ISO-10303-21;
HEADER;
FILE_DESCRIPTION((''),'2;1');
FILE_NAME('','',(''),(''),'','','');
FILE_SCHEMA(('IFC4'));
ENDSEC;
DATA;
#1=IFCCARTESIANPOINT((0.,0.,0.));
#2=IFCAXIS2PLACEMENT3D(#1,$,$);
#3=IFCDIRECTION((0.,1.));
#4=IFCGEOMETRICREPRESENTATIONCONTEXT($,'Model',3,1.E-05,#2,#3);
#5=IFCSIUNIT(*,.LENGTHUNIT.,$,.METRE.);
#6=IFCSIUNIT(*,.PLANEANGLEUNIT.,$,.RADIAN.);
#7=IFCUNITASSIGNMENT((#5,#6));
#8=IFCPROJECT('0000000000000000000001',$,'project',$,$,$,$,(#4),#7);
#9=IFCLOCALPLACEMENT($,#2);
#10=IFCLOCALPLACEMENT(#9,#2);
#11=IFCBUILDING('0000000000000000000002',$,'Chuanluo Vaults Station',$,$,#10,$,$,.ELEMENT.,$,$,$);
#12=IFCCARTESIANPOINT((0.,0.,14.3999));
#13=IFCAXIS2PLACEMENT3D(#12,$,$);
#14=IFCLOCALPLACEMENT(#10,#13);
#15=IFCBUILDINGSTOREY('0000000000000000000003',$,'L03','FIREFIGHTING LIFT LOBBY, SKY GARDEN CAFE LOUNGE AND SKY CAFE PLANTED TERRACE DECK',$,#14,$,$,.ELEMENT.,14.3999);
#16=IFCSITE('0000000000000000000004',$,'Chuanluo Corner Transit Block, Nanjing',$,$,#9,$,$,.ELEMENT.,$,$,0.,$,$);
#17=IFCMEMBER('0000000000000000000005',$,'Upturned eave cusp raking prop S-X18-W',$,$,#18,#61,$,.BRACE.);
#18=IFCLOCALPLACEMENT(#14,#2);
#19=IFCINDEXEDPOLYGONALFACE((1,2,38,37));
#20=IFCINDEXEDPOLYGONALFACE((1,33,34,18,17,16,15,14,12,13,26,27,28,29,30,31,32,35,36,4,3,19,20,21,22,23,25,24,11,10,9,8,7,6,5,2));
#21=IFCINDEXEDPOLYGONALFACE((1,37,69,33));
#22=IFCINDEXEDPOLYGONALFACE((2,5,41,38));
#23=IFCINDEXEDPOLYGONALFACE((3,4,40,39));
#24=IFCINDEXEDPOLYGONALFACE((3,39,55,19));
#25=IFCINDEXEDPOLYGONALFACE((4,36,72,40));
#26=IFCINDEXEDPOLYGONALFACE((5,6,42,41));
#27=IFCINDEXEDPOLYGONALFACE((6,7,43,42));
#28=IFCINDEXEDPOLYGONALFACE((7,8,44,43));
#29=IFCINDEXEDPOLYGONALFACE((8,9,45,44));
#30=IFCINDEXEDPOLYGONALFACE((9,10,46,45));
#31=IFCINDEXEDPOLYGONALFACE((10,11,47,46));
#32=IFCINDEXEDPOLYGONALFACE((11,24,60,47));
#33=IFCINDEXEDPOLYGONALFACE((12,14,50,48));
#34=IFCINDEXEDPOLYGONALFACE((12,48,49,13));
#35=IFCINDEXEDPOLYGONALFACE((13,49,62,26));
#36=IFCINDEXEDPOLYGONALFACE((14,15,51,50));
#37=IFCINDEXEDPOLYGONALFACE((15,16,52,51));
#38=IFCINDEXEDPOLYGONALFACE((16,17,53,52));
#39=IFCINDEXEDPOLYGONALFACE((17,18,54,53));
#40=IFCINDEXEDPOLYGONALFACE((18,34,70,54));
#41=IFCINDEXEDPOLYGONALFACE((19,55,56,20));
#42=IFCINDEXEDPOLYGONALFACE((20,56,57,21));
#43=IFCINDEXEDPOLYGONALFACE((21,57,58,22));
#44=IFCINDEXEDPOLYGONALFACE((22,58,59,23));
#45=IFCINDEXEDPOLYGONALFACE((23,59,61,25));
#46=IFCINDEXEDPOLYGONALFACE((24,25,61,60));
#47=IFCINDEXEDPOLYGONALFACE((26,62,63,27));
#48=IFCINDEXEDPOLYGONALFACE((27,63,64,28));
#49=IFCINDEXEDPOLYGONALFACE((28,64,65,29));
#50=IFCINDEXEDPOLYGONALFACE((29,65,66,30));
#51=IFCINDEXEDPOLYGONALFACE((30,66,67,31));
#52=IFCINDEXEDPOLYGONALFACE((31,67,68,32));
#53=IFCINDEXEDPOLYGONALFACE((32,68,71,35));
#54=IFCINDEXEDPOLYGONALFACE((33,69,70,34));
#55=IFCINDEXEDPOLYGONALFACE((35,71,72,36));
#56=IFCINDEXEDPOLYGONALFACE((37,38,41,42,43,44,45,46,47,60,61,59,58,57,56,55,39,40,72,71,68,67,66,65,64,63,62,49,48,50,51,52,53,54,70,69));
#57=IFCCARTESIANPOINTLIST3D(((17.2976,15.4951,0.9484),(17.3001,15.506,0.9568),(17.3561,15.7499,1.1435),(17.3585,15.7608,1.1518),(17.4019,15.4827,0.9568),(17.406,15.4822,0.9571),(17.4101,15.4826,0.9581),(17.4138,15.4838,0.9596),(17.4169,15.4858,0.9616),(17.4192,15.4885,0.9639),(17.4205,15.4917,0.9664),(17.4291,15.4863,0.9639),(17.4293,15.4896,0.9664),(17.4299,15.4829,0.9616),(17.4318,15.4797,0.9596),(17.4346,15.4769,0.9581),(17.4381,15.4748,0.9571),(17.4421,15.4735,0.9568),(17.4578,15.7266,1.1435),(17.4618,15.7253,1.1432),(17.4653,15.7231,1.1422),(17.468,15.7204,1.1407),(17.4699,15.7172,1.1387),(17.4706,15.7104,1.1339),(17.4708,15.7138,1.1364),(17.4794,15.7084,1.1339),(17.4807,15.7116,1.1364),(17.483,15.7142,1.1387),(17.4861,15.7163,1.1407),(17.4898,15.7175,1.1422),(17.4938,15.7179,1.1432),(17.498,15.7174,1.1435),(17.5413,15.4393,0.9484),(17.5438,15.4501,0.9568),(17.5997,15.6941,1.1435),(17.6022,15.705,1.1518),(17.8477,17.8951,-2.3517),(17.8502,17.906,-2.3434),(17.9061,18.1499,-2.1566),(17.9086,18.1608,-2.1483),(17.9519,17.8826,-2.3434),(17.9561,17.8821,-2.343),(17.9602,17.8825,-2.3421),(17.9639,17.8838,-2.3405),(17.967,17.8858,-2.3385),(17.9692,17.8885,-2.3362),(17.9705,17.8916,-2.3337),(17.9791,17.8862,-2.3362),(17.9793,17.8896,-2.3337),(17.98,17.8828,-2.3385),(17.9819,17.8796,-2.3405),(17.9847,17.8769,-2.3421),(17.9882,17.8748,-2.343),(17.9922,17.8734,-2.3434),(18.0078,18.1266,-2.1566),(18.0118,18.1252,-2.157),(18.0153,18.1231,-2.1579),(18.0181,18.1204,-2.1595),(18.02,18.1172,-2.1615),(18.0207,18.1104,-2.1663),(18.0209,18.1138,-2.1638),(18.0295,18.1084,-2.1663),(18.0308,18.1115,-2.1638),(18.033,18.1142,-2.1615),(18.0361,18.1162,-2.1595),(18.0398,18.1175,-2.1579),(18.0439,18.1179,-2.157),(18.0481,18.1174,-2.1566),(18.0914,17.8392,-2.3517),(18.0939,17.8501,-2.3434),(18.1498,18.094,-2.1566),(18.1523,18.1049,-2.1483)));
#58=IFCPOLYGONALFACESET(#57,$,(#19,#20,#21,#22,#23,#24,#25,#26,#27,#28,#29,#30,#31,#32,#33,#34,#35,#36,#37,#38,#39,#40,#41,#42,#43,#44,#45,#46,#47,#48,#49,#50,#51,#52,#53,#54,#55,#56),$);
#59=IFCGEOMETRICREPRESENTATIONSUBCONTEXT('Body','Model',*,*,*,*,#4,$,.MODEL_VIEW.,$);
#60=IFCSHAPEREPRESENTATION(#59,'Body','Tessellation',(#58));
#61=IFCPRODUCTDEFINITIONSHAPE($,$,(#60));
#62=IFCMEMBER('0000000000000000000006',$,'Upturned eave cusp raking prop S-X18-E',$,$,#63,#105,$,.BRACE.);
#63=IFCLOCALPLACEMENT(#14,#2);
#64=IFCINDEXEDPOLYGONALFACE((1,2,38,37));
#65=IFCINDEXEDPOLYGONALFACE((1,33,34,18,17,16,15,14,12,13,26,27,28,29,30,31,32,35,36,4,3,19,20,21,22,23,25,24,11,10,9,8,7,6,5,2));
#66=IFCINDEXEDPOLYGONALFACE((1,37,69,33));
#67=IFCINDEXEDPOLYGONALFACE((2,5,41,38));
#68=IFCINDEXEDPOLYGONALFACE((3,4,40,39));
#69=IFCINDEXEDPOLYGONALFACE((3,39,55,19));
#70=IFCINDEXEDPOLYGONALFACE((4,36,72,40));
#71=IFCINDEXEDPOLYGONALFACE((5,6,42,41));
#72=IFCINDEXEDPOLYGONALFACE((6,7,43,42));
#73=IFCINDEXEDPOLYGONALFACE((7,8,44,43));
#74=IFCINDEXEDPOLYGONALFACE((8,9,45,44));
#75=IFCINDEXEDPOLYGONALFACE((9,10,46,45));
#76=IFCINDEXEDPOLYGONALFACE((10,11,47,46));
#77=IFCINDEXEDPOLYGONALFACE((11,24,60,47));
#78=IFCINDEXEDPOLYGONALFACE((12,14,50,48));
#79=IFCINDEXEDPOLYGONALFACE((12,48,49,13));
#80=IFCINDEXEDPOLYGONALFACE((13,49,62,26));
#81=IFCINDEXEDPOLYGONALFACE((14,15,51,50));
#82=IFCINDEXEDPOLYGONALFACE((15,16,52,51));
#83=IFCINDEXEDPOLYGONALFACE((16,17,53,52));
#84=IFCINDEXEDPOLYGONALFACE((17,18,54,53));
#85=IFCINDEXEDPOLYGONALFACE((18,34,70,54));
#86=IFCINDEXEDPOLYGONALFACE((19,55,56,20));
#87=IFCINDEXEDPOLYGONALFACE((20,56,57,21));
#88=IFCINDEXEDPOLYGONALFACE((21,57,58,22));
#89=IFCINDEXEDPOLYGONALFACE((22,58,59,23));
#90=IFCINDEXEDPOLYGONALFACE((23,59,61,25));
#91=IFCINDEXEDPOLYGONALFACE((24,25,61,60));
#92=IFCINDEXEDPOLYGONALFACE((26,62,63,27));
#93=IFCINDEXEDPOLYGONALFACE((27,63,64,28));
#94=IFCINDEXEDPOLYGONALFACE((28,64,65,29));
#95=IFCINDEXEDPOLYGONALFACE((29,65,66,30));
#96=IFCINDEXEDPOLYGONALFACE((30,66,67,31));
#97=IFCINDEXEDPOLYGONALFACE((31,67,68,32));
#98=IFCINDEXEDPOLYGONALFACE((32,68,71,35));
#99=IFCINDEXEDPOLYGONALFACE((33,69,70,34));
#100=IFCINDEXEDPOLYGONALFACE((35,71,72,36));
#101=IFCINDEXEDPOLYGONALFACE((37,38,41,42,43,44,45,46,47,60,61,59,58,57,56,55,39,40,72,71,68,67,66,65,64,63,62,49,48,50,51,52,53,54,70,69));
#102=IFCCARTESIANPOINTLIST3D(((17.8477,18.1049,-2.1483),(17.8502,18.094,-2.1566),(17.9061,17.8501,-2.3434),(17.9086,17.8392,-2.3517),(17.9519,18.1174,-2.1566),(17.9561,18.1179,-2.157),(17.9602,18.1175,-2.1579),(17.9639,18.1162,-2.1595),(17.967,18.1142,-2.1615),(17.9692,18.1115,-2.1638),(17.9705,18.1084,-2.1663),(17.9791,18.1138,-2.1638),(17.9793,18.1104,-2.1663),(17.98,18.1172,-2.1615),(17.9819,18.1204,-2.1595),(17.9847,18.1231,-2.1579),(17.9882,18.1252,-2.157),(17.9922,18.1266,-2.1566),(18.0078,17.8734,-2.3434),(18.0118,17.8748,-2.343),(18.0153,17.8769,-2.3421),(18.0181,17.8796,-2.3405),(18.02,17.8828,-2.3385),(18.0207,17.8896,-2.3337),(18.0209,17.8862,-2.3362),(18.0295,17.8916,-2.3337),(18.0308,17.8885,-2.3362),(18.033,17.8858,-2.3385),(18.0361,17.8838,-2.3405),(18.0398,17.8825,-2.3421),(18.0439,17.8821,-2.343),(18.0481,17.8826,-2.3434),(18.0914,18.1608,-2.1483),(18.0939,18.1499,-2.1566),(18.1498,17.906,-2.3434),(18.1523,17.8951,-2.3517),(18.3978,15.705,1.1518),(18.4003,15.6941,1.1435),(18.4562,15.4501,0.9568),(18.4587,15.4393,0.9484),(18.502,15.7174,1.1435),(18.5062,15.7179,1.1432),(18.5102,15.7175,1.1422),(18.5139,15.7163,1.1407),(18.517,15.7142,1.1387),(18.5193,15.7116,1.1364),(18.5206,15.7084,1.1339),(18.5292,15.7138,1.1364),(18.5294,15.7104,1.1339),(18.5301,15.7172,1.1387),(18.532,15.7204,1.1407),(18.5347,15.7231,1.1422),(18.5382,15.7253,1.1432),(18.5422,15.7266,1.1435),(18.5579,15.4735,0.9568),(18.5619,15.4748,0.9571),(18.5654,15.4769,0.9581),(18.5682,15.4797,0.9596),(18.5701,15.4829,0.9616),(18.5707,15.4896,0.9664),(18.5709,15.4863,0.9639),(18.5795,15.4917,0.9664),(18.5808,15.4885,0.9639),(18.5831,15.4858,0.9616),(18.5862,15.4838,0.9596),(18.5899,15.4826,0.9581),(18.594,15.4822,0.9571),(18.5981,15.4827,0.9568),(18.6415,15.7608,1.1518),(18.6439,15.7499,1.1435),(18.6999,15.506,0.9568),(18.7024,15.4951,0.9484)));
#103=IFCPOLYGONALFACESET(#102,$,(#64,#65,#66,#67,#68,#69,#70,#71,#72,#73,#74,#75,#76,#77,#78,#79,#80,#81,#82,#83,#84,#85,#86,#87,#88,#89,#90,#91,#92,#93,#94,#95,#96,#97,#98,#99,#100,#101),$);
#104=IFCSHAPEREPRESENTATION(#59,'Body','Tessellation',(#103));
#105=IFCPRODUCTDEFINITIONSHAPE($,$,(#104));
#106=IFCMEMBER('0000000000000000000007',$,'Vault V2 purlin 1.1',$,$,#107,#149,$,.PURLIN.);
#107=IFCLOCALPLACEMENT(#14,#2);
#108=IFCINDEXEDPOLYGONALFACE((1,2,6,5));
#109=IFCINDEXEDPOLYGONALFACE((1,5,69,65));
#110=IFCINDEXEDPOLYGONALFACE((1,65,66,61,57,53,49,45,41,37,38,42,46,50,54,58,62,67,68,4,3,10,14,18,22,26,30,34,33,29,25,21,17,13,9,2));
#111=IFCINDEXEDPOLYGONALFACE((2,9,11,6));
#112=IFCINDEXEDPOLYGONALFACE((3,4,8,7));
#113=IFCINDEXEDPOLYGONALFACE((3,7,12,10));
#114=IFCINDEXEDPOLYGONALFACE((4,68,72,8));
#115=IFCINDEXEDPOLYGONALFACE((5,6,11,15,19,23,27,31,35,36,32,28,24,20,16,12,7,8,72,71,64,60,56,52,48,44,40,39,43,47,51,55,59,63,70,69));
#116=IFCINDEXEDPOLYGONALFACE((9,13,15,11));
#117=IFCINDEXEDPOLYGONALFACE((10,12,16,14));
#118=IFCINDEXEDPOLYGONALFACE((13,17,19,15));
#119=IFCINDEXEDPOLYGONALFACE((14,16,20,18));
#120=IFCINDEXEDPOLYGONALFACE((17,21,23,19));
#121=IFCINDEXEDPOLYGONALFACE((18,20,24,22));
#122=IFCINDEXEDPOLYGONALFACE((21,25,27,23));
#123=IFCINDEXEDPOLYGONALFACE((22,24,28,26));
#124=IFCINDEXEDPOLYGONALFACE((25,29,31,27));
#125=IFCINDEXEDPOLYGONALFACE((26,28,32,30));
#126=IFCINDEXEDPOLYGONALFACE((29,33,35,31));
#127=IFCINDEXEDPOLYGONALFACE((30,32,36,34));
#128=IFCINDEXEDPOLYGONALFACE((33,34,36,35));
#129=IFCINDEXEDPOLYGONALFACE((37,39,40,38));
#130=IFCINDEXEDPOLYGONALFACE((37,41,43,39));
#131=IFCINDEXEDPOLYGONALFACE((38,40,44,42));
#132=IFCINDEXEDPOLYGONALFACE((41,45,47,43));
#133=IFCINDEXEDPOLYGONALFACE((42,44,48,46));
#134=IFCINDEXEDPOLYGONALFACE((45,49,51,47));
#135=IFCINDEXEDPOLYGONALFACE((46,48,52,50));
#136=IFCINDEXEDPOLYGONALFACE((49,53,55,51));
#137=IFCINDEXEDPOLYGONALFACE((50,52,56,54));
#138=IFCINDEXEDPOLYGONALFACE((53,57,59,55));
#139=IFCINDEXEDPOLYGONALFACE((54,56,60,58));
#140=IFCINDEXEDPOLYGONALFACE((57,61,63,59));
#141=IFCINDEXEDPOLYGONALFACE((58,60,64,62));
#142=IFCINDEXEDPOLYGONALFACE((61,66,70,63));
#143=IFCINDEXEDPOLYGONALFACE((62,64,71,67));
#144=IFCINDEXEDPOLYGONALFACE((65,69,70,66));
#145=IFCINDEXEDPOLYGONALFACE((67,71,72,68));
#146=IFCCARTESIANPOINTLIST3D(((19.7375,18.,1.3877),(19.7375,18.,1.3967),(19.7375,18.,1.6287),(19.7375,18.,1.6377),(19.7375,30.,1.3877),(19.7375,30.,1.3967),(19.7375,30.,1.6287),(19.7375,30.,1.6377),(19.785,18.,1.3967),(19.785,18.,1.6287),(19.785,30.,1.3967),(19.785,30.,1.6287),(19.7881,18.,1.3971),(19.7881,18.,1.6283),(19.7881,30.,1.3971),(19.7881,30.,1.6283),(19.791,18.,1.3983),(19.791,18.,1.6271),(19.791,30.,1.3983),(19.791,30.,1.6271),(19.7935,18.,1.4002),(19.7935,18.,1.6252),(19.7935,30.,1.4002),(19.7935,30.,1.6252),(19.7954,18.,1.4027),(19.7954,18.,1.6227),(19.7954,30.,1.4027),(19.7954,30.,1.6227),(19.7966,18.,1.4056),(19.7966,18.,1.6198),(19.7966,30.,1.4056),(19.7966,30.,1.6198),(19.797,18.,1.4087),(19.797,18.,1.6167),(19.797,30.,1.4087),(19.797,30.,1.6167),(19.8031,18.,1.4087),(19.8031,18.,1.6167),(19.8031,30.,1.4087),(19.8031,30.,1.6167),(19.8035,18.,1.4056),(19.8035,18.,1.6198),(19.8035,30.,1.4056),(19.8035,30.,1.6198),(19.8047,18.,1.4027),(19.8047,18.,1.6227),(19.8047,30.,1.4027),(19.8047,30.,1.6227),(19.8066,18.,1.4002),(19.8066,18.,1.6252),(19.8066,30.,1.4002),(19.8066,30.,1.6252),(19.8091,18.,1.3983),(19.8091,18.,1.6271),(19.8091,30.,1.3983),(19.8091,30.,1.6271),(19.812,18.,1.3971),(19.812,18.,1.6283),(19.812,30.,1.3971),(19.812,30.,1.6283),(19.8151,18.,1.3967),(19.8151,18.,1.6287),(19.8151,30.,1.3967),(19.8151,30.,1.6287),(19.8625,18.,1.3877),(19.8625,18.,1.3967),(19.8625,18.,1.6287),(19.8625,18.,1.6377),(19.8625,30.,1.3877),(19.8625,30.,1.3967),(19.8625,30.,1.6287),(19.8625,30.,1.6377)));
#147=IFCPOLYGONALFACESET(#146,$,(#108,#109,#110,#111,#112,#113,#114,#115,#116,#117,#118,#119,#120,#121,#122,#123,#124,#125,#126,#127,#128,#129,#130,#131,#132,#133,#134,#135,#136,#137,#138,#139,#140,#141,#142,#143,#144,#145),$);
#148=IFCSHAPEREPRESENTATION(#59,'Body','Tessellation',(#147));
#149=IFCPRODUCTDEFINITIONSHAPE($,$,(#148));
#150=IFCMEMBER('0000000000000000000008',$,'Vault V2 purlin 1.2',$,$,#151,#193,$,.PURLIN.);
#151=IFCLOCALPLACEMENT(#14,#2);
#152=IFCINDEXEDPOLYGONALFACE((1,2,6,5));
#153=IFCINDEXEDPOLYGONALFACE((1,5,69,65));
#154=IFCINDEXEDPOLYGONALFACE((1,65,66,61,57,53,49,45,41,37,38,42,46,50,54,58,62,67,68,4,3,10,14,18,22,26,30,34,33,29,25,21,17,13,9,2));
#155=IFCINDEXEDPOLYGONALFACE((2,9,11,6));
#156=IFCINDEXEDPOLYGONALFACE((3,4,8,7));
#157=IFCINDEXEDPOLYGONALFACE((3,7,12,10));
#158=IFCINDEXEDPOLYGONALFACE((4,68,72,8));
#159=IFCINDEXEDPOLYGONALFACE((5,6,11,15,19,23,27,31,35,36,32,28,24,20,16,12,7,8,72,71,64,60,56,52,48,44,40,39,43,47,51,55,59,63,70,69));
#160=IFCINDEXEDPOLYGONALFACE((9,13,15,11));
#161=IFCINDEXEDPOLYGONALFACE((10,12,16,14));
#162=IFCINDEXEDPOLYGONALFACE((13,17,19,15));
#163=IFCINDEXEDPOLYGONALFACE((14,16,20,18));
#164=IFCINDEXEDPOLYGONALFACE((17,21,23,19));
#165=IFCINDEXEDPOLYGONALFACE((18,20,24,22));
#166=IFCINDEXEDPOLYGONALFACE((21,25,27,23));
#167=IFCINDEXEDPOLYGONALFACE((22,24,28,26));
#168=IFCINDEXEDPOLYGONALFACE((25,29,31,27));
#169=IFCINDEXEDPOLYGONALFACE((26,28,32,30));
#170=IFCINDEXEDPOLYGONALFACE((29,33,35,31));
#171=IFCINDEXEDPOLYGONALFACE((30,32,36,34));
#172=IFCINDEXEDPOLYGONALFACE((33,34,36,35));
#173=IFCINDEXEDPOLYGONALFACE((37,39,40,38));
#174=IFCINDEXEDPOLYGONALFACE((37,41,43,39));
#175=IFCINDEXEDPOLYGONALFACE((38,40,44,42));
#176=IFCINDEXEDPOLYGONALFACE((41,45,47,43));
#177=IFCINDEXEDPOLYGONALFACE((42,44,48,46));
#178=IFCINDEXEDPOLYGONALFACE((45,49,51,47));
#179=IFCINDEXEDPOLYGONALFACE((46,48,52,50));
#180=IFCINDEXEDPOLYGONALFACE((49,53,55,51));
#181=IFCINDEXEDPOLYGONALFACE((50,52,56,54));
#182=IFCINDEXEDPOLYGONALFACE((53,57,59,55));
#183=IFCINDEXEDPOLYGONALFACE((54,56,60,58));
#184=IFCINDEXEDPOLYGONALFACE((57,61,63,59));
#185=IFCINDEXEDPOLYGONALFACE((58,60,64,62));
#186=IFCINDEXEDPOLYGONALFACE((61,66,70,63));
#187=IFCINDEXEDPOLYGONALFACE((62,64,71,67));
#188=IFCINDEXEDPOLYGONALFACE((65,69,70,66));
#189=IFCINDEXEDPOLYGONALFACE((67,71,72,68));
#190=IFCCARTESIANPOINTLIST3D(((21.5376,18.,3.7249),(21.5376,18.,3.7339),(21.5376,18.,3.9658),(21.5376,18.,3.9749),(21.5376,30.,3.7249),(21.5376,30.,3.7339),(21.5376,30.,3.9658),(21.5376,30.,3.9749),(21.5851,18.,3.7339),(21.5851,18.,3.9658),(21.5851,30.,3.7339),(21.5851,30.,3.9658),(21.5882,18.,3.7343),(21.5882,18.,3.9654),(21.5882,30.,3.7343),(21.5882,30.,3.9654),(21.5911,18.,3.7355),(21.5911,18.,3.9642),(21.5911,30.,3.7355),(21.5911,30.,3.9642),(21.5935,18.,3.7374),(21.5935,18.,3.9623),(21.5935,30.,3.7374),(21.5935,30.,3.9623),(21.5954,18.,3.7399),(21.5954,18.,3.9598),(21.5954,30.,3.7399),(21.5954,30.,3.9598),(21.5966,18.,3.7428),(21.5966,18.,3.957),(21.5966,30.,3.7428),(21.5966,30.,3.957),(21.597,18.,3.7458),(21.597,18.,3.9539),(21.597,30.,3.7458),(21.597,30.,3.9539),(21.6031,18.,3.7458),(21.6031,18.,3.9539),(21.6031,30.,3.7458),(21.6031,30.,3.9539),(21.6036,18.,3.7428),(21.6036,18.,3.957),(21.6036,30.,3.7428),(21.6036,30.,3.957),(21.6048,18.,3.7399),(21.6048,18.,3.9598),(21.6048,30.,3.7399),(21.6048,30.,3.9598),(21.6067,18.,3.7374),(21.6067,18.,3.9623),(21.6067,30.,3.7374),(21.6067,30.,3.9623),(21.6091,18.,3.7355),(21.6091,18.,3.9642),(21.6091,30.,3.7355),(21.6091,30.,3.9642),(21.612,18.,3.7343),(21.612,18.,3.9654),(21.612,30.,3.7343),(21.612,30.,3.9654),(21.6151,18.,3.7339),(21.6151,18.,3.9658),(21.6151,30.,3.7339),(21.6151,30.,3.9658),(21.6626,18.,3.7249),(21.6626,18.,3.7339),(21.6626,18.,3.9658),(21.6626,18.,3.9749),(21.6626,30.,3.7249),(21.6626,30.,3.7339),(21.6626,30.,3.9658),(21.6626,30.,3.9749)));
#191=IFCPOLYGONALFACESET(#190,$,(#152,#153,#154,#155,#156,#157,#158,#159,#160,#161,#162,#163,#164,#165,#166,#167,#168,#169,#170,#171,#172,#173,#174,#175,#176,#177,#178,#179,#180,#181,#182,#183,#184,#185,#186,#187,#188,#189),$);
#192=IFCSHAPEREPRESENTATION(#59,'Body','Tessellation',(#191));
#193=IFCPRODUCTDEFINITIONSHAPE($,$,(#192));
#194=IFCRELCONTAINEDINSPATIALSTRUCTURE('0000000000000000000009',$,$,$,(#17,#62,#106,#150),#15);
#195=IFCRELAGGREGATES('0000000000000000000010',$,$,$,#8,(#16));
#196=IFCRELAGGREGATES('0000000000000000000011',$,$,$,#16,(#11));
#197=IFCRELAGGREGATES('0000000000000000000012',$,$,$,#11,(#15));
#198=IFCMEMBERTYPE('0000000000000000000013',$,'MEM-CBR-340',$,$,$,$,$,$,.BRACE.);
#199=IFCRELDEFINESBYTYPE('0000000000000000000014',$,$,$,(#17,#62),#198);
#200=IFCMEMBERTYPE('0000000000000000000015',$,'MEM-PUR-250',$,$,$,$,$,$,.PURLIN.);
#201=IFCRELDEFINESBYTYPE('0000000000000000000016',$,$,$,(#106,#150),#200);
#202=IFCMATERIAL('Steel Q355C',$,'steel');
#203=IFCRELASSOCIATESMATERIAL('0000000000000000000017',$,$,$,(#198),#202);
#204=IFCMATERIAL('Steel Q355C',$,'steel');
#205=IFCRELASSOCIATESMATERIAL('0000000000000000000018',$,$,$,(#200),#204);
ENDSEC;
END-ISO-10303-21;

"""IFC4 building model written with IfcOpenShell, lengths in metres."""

from ifc_helpers import new_model, si_unit, direction, frame, origin, origin_2d, place, context, subcontext, project, spatial, i_section, extrude, material, material_profile, profile_set, type_object, element, save


model = new_model("IFC4")

# Units and contexts
model_context = context("Model", 3, precision=1e-05, world=origin(), true_north=direction((0.0, 1.0)))
body_context = subcontext(model_context, "Body", "Model", "MODEL_VIEW")
ifc_project = project(units=[si_unit("LENGTHUNIT", "METRE"), si_unit("PLANEANGLEUNIT", "RADIAN")], contexts=[model_context])

# Site, building, storey
site_placement = place(None, origin())
site = spatial("IfcSite", under=ifc_project, at=site_placement, Name="Chuanluo Corner Transit Block, Nanjing", CompositionType="ELEMENT", RefElevation=0.0)
building_placement = place(site_placement, origin())
building = spatial("IfcBuilding", under=site, at=building_placement, Name="Chuanluo Vaults Station", CompositionType="ELEMENT")
storey_placement = place(building_placement, frame((0.0, 0.0, 14.3999)))
storey = spatial("IfcBuildingStorey", under=building, at=storey_placement, Name="L03", Description="FIREFIGHTING LIFT LOBBY, SKY GARDEN CAFE LOUNGE AND SKY CAFE PLANTED TERRACE DECK", CompositionType="ELEMENT", Elevation=14.3999)

# Members
ifc_material_1 = material(Name="Steel Q355C", Category="steel")
ifc_material_profile_1 = material_profile(ifc_material_1, i_section(OverallWidth=0.25, OverallDepth=0.3401, WebThickness=0.009, FlangeThickness=0.0139, FilletRadius=0.0161, at=origin_2d()))
ifc_profile_set_1 = profile_set([ifc_material_profile_1], Name="Steel Q355C")
member_type_1 = type_object("IfcMemberType", Name="MEM-CBR-340", PredefinedType="BRACE", material=ifc_profile_set_1)
for number, where, z_axis, x_axis, name in (
    (1, (18.0, 18.0, -2.25), (-0.133594, -0.582878, 0.801502), (0.974726, -0.223404, 0.0), "Upturned eave cusp raking prop S-X18-W"),
    (2, (18.0, 18.0, -2.25), (0.133594, -0.582878, 0.801502), (0.974726, 0.223404, 0.0), "Upturned eave cusp raking prop S-X18-E"),
):
    element("IfcMember", number, at=place(storey_placement, frame(where, z_axis=z_axis, x_axis=x_axis)), inside=storey, type_object=member_type_1, Name=name, PredefinedType="BRACE", context=body_context, shape_type="SweptSolid", body=[
        extrude(i_section(OverallWidth=0.25, OverallDepth=0.3401, WebThickness=0.009, FlangeThickness=0.0139, FilletRadius=0.0161, at=origin_2d()), origin(), (0.0, 0.0, 1.0), 4.1174),
    ])
ifc_material_2 = material(Name="Steel Q355C", Category="steel")
ifc_material_profile_2 = material_profile(ifc_material_2, i_section(OverallWidth=0.125, OverallDepth=0.25, WebThickness=0.0061, FlangeThickness=0.009, FilletRadius=0.012, at=origin_2d()))
ifc_profile_set_2 = profile_set([ifc_material_profile_2], Name="Steel Q355C")
member_type_2 = type_object("IfcMemberType", Name="MEM-PUR-250", PredefinedType="PURLIN", material=ifc_profile_set_2)
for number, where, z_axis, x_axis, name in (
    (3, (19.8, 18.0, 1.5127), (0.0, 1.0, 0.0), (-1.0, 0.0, 0.0), "Vault V2 purlin 1.1"),
    (4, (21.6001, 18.0, 3.8499), (0.0, 1.0, 0.0), (-1.0, 0.0, 0.0), "Vault V2 purlin 1.2"),
):
    element("IfcMember", number, at=place(storey_placement, frame(where, z_axis=z_axis, x_axis=x_axis)), inside=storey, type_object=member_type_2, Name=name, PredefinedType="PURLIN", context=body_context, shape_type="SweptSolid", body=[
        extrude(i_section(OverallWidth=0.125, OverallDepth=0.25, WebThickness=0.0061, FlangeThickness=0.009, FilletRadius=0.012, at=origin_2d()), origin(), (0.0, 0.0, 1.0), 12.0),
    ])

save(model, "model.ifc")
